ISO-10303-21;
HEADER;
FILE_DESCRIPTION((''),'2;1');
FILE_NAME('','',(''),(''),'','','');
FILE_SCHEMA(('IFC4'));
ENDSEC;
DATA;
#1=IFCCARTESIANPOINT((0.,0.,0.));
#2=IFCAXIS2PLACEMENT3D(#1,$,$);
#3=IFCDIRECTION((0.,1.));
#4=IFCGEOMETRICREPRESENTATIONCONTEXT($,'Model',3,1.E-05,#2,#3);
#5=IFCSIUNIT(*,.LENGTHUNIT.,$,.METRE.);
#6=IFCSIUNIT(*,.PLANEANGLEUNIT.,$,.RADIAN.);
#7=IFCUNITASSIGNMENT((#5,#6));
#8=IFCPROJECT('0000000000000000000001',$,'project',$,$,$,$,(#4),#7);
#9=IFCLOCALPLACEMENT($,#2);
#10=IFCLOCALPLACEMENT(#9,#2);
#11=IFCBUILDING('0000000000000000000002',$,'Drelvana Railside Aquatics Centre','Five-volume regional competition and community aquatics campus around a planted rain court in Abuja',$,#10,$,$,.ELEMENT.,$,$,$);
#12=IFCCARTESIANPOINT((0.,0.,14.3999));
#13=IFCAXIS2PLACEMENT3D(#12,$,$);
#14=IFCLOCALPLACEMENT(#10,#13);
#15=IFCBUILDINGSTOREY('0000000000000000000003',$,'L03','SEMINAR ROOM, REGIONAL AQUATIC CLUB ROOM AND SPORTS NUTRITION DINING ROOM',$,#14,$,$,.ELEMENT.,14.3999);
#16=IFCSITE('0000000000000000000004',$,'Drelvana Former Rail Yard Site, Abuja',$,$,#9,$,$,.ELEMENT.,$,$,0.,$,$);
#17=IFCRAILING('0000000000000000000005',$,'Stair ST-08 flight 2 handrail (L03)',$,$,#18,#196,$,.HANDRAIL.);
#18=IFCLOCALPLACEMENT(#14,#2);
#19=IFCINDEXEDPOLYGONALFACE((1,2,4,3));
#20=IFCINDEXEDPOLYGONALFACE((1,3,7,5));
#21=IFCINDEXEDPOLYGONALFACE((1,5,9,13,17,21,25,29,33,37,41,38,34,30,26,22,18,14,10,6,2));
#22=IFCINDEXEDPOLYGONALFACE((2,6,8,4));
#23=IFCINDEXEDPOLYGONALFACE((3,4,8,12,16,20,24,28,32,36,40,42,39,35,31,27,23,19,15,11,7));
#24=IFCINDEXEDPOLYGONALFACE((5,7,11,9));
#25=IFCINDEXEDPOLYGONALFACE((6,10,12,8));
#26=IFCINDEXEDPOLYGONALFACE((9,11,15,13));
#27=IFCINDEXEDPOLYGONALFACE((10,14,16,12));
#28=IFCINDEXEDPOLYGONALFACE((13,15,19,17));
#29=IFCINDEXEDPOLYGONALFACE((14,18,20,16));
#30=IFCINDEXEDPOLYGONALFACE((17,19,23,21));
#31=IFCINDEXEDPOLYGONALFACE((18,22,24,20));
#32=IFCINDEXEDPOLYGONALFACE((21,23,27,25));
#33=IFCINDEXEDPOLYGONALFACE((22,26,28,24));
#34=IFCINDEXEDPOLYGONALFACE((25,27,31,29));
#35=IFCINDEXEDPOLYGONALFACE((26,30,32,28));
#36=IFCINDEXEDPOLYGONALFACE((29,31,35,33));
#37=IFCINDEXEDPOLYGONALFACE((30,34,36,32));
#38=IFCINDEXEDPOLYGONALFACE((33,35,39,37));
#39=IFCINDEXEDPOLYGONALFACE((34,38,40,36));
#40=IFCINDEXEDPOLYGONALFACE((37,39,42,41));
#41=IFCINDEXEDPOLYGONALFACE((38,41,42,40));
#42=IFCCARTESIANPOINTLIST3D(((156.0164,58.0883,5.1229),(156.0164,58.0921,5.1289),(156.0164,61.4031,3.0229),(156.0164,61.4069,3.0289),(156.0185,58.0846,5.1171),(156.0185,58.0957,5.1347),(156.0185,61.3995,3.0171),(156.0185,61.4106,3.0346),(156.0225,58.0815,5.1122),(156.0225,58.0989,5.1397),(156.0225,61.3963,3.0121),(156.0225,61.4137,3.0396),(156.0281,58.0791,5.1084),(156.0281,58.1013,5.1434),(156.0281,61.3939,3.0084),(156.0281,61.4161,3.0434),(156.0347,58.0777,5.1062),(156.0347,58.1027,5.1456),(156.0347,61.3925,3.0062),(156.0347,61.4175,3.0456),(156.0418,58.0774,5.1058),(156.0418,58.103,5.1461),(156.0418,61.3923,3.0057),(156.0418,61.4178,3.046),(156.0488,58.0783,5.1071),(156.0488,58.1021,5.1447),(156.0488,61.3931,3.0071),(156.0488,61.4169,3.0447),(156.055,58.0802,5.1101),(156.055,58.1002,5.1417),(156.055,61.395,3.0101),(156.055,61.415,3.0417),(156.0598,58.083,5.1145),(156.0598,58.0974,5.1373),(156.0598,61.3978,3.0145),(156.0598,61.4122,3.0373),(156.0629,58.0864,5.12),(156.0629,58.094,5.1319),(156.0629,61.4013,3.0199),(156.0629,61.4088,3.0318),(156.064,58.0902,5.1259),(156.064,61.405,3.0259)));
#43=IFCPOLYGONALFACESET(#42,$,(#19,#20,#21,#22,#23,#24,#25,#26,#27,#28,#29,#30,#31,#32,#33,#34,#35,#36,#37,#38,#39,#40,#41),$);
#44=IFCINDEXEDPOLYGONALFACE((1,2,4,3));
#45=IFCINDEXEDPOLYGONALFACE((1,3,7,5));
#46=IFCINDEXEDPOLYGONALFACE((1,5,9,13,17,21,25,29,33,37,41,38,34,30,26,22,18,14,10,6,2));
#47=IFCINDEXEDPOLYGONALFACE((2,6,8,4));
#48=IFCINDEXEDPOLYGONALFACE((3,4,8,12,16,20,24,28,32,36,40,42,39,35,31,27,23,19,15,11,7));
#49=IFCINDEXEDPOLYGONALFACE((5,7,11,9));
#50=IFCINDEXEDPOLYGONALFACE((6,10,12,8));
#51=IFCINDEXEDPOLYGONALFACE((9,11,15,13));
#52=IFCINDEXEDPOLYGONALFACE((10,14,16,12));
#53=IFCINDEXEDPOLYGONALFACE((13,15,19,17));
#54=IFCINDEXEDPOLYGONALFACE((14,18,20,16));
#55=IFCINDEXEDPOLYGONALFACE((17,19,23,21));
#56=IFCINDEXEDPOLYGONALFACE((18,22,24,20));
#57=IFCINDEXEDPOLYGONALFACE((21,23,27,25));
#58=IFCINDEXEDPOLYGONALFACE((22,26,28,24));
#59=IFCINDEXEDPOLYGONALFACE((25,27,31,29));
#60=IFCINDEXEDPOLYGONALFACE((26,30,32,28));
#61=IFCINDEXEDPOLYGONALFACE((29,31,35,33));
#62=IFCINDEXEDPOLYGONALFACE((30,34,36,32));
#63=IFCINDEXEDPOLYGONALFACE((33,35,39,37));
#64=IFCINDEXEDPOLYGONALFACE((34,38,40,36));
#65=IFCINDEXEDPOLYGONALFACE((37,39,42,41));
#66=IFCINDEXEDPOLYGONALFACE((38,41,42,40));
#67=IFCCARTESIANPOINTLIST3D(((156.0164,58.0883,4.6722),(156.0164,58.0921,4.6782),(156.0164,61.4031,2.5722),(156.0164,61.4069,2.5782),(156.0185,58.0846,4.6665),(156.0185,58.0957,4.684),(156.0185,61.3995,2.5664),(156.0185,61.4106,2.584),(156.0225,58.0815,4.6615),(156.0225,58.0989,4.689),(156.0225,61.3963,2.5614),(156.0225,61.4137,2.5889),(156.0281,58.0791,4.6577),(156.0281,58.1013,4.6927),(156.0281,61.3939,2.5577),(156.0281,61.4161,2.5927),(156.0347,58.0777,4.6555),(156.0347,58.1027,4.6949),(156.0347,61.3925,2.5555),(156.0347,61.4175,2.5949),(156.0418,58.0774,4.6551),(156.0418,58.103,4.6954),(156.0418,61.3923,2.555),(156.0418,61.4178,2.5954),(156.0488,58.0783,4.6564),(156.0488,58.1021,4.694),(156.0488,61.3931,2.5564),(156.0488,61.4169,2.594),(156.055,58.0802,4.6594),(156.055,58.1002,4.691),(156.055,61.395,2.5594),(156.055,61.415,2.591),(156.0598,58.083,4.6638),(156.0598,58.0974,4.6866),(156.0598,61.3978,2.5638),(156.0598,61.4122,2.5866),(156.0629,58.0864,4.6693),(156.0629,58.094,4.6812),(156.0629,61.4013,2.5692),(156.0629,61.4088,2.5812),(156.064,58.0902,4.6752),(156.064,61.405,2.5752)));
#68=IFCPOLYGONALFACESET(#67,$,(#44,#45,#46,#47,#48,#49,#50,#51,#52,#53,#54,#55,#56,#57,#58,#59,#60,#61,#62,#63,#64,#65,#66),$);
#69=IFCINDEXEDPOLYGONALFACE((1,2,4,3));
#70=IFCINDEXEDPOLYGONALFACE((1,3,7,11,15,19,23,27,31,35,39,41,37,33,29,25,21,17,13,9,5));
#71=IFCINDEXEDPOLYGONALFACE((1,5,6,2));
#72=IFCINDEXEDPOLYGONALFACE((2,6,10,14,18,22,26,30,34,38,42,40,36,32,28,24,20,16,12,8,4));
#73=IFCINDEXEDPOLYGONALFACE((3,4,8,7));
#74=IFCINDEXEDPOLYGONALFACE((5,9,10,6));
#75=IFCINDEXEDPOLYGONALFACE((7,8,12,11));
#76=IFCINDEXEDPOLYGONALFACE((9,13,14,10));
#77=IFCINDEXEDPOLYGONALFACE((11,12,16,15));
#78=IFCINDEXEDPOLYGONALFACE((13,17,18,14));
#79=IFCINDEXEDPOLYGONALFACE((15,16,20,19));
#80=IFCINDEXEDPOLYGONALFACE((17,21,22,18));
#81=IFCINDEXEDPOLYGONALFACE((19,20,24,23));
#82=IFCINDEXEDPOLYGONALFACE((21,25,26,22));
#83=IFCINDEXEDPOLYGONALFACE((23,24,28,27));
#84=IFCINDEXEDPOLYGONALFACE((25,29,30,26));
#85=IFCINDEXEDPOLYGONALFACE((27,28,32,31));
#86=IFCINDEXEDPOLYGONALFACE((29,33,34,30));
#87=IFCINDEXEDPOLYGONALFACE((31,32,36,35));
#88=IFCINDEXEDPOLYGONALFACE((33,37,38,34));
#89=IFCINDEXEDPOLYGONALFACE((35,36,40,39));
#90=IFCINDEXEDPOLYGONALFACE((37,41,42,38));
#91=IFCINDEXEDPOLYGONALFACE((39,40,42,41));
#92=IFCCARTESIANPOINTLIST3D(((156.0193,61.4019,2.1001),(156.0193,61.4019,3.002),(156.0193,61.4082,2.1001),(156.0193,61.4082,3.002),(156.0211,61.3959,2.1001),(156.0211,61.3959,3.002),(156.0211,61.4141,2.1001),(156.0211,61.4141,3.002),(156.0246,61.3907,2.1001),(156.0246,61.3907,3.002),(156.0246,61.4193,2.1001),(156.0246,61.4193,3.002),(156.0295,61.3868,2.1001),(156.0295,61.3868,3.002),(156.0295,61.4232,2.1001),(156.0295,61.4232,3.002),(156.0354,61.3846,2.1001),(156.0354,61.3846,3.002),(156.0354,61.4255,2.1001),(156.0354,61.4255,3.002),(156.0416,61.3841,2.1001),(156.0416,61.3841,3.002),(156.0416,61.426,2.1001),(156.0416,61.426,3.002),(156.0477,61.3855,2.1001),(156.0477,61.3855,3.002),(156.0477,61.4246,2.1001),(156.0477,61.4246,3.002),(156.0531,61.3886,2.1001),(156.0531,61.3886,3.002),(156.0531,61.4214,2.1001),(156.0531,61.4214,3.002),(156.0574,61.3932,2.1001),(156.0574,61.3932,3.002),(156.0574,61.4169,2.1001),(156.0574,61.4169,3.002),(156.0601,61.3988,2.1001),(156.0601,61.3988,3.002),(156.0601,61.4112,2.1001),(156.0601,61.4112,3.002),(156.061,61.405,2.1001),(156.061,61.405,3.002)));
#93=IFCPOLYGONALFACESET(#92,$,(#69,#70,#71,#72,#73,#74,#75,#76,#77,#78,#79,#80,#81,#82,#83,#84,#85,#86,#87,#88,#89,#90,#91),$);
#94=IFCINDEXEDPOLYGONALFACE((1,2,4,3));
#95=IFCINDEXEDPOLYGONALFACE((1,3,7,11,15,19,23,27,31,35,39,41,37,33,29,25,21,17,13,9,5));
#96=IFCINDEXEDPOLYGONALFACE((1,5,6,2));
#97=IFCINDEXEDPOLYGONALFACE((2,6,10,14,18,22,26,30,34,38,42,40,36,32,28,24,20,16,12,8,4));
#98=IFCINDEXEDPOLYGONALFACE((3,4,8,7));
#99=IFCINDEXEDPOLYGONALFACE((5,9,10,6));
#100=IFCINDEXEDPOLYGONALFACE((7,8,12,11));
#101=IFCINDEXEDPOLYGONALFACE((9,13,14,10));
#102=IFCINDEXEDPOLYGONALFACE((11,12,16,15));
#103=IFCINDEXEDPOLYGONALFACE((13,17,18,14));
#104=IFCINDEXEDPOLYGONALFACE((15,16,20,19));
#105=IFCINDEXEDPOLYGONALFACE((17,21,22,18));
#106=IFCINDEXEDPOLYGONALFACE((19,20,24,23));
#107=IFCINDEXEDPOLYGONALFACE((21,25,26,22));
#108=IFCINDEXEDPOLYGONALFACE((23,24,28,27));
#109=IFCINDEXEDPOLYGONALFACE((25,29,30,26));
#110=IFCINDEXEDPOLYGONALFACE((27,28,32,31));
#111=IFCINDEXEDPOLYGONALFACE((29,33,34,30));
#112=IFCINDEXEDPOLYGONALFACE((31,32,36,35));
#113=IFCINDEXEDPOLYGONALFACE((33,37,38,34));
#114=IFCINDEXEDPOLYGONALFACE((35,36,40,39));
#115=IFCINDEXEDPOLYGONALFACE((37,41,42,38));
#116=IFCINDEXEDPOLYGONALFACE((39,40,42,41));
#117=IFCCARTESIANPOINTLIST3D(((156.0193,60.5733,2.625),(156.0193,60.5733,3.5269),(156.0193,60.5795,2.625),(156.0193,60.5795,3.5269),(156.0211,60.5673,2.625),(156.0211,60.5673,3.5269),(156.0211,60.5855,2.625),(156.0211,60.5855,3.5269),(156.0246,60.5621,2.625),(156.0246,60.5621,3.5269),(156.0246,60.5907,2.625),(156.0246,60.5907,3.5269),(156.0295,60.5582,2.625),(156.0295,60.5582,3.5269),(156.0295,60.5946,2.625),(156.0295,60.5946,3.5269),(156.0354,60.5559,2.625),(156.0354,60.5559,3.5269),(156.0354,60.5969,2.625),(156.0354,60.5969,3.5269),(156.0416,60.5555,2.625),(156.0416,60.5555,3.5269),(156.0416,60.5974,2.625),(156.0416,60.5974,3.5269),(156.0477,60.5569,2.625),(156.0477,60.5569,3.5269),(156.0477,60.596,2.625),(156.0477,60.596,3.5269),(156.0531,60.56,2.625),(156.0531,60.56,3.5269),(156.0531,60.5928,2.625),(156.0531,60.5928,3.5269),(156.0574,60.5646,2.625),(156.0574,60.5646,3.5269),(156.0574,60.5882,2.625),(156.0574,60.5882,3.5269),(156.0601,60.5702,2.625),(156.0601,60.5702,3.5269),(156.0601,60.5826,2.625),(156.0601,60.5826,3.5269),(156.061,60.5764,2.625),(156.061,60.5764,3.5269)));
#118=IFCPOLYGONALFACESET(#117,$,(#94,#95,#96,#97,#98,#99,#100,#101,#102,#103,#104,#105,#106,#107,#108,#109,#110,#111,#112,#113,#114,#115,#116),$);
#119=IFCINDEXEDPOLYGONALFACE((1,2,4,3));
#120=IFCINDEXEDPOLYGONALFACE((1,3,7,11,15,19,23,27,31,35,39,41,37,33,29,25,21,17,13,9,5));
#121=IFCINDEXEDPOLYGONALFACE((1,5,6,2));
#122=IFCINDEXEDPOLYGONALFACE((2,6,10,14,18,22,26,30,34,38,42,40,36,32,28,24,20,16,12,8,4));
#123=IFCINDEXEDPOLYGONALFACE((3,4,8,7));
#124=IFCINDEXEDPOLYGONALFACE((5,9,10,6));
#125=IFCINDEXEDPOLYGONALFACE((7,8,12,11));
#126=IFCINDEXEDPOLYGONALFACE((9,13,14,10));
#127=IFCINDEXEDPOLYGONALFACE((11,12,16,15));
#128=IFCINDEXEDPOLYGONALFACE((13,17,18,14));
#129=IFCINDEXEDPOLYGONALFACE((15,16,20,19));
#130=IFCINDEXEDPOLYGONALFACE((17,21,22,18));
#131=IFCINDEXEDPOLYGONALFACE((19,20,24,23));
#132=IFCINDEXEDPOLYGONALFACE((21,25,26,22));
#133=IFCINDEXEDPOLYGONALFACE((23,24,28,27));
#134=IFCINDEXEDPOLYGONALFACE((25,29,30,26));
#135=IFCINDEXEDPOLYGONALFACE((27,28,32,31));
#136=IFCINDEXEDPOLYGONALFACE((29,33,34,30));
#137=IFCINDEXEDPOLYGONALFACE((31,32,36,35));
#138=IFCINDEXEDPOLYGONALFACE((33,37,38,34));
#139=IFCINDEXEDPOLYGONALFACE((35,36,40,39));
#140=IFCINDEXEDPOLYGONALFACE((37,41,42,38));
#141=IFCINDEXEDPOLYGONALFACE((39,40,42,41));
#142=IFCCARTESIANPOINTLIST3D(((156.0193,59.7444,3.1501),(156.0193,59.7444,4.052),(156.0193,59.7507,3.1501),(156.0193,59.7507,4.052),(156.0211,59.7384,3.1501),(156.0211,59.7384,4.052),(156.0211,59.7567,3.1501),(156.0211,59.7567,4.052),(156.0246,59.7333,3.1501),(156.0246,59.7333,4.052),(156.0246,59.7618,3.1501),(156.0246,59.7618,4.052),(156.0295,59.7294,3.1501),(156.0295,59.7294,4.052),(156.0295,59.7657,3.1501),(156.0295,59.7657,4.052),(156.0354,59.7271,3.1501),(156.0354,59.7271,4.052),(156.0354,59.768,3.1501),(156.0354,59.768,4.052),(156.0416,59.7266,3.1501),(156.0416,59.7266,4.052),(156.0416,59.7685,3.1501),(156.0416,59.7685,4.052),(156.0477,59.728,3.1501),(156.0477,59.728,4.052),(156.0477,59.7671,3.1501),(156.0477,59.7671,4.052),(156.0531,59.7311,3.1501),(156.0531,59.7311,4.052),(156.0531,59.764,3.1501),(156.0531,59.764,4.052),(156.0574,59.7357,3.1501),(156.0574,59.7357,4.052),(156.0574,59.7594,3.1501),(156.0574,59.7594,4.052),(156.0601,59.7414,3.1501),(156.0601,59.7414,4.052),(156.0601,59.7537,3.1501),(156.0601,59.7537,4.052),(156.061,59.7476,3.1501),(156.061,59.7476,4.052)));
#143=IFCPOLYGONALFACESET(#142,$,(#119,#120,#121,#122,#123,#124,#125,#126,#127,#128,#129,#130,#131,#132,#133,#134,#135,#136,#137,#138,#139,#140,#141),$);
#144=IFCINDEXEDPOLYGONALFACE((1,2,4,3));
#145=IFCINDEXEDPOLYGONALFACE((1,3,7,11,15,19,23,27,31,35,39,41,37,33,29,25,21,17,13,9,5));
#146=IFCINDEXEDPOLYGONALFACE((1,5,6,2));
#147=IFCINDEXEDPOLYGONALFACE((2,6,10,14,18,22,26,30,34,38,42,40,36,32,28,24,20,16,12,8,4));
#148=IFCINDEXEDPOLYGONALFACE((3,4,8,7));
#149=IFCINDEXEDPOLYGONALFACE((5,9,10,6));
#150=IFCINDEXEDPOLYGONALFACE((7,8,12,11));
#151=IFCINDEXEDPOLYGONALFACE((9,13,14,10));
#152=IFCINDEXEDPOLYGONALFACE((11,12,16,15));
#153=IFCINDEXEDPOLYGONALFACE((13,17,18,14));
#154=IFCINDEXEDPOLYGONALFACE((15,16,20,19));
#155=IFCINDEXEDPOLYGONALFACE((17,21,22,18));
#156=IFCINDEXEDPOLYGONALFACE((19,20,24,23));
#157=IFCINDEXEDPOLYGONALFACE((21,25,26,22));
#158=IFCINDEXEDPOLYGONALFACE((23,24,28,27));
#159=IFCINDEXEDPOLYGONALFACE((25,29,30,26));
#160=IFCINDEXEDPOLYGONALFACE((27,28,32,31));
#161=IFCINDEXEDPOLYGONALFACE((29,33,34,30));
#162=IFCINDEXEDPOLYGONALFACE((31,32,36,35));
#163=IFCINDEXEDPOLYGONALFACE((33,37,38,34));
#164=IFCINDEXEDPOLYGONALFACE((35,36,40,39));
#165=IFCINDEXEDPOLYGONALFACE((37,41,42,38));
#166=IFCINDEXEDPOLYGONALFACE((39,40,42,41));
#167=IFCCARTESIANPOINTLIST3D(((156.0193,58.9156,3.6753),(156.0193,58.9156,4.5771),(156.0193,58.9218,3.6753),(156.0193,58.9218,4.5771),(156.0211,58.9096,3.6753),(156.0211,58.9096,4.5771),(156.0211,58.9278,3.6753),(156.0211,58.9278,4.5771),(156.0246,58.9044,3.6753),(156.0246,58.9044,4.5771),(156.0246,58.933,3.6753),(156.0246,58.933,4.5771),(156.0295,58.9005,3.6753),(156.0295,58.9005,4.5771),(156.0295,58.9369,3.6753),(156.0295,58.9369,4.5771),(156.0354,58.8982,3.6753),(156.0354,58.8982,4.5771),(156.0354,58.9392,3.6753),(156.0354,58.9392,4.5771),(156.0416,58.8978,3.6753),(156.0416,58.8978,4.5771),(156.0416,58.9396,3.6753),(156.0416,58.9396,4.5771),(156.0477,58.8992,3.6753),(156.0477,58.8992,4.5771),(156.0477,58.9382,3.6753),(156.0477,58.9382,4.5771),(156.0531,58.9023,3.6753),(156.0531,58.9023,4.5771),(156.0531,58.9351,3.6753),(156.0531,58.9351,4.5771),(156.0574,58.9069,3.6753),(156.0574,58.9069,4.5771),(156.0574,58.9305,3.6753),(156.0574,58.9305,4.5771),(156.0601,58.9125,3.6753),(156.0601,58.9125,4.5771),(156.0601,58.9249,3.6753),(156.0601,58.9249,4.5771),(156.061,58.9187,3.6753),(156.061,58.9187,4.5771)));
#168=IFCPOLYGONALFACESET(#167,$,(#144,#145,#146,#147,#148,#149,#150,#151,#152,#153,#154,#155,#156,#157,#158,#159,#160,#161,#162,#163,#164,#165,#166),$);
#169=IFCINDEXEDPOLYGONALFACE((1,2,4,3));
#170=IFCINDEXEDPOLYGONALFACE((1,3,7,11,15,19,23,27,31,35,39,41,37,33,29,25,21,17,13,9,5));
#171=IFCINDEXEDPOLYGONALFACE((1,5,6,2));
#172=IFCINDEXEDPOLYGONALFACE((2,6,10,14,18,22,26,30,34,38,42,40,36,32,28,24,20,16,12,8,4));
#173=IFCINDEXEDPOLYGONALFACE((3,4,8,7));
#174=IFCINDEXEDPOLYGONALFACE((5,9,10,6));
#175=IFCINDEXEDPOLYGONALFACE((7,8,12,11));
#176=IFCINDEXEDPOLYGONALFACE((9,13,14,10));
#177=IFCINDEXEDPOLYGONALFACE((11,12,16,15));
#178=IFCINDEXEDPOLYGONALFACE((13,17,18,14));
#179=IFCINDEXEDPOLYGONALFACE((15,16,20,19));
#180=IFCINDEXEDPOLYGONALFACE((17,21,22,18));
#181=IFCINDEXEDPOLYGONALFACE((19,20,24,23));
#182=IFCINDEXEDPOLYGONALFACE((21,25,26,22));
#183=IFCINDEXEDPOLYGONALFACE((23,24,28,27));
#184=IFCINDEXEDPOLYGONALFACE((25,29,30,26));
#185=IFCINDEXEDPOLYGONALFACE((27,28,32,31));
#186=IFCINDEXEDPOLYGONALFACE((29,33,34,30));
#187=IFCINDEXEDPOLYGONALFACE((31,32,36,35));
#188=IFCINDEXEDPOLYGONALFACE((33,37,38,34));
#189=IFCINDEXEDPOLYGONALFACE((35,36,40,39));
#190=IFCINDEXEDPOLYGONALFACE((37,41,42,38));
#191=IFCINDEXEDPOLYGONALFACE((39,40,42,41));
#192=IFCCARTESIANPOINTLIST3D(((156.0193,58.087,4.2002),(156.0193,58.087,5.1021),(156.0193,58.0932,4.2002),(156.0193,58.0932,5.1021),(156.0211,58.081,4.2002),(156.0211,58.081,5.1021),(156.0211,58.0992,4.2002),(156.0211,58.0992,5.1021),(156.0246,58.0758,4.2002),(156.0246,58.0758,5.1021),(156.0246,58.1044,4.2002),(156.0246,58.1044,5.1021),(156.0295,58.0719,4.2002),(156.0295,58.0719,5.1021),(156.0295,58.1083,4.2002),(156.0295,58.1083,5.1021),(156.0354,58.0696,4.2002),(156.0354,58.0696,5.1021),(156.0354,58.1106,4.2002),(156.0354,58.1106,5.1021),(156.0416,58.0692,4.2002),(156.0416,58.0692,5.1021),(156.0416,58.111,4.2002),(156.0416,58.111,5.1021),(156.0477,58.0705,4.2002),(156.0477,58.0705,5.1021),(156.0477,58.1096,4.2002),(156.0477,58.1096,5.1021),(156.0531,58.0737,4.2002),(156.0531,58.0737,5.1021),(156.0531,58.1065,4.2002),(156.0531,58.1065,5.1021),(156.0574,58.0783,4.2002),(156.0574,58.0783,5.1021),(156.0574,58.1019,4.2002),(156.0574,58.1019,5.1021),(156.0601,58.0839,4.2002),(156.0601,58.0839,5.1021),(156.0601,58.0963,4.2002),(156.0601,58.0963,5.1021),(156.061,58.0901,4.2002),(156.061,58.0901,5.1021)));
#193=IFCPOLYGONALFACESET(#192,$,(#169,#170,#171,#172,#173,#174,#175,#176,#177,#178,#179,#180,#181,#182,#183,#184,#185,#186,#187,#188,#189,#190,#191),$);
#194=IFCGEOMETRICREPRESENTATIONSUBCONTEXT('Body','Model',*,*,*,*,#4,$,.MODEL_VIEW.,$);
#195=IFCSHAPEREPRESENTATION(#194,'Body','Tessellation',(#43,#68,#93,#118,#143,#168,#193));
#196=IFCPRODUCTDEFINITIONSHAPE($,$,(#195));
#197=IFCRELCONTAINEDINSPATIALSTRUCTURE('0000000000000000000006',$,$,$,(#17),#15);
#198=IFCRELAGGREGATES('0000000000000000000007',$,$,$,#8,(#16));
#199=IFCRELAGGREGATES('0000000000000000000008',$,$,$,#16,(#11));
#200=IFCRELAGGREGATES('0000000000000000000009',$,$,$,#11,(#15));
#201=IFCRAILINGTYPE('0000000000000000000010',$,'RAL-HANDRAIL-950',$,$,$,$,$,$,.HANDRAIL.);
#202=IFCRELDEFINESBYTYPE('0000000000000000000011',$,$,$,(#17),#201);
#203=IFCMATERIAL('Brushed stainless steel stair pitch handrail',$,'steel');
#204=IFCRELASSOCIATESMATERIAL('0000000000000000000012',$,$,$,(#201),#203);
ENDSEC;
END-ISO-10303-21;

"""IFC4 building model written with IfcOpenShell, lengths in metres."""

from ifc_helpers import new_model, si_unit, direction, frame, origin, origin_2d, place, context, subcontext, project, spatial, circle, extrude, material, type_object, element, save


model = new_model("IFC4")

# Units and contexts
model_context = context("Model", 3, precision=1e-05, world=origin(), true_north=direction((0.0, 1.0)))
body_context = subcontext(model_context, "Body", "Model", "MODEL_VIEW")
ifc_project = project(units=[si_unit("LENGTHUNIT", "METRE"), si_unit("PLANEANGLEUNIT", "RADIAN")], contexts=[model_context])

# Site, building, storey
site_placement = place(None, origin())
site = spatial("IfcSite", under=ifc_project, at=site_placement, Name="Drelvana Former Rail Yard Site, Abuja", CompositionType="ELEMENT", RefElevation=0.0)
building_placement = place(site_placement, origin())
building = spatial("IfcBuilding", under=site, at=building_placement, Name="Drelvana Railside Aquatics Centre", Description="Five-volume regional competition and community aquatics campus around a planted rain court in Abuja", CompositionType="ELEMENT")
storey_placement = place(building_placement, frame((0.0, 0.0, 14.3999)))
storey = spatial("IfcBuildingStorey", under=building, at=storey_placement, Name="L03", Description="SEMINAR ROOM, REGIONAL AQUATIC CLUB ROOM AND SPORTS NUTRITION DINING ROOM", CompositionType="ELEMENT", Elevation=14.3999)

# Railing
ifc_material_1 = material(Name="Brushed stainless steel stair pitch handrail", Category="steel")
railing_type = type_object("IfcRailingType", Name="RAL-HANDRAIL-950", PredefinedType="HANDRAIL", material=ifc_material_1)
railing_1_placement = place(storey_placement, frame((156.04, 61.405, 2.1001)))
element("IfcRailing", 1, at=railing_1_placement, inside=storey, type_object=railing_type, Name="Stair ST-08 flight 2 handrail (L03)", PredefinedType="HANDRAIL", context=body_context, shape_type="SweptSolid", body=[
    extrude(circle(Radius=0.0239, at=origin_2d()), frame((0.0, 0.0, 0.9258), z_axis=(0.0, -0.844746, 0.535168), x_axis=(1.0, 0.0, 0.0)), (0.0, 0.0, 1.0), 3.9241),
    extrude(circle(Radius=0.0239, at=origin_2d()), frame((0.0, 0.0, 0.4751), z_axis=(0.0, -0.844746, 0.535168), x_axis=(1.0, 0.0, 0.0)), (0.0, 0.0, 1.0), 3.9241),
    extrude(circle(Radius=0.021, at=origin_2d()), origin(), (0.0, 0.0, 1.0), 0.9019),
    extrude(circle(Radius=0.021, at=origin_2d()), frame((0.0, -0.8286, 0.5249)), (0.0, 0.0, 1.0), 0.9019),
    extrude(circle(Radius=0.021, at=origin_2d()), frame((0.0, -1.6575, 1.05)), (0.0, 0.0, 1.0), 0.9019),
    extrude(circle(Radius=0.021, at=origin_2d()), frame((0.0, -2.4863, 1.5752)), (0.0, 0.0, 1.0), 0.9019),
    extrude(circle(Radius=0.021, at=origin_2d()), frame((0.0, -3.3149, 2.1001)), (0.0, 0.0, 1.0), 0.9019),
])

save(model, "model.ifc")
